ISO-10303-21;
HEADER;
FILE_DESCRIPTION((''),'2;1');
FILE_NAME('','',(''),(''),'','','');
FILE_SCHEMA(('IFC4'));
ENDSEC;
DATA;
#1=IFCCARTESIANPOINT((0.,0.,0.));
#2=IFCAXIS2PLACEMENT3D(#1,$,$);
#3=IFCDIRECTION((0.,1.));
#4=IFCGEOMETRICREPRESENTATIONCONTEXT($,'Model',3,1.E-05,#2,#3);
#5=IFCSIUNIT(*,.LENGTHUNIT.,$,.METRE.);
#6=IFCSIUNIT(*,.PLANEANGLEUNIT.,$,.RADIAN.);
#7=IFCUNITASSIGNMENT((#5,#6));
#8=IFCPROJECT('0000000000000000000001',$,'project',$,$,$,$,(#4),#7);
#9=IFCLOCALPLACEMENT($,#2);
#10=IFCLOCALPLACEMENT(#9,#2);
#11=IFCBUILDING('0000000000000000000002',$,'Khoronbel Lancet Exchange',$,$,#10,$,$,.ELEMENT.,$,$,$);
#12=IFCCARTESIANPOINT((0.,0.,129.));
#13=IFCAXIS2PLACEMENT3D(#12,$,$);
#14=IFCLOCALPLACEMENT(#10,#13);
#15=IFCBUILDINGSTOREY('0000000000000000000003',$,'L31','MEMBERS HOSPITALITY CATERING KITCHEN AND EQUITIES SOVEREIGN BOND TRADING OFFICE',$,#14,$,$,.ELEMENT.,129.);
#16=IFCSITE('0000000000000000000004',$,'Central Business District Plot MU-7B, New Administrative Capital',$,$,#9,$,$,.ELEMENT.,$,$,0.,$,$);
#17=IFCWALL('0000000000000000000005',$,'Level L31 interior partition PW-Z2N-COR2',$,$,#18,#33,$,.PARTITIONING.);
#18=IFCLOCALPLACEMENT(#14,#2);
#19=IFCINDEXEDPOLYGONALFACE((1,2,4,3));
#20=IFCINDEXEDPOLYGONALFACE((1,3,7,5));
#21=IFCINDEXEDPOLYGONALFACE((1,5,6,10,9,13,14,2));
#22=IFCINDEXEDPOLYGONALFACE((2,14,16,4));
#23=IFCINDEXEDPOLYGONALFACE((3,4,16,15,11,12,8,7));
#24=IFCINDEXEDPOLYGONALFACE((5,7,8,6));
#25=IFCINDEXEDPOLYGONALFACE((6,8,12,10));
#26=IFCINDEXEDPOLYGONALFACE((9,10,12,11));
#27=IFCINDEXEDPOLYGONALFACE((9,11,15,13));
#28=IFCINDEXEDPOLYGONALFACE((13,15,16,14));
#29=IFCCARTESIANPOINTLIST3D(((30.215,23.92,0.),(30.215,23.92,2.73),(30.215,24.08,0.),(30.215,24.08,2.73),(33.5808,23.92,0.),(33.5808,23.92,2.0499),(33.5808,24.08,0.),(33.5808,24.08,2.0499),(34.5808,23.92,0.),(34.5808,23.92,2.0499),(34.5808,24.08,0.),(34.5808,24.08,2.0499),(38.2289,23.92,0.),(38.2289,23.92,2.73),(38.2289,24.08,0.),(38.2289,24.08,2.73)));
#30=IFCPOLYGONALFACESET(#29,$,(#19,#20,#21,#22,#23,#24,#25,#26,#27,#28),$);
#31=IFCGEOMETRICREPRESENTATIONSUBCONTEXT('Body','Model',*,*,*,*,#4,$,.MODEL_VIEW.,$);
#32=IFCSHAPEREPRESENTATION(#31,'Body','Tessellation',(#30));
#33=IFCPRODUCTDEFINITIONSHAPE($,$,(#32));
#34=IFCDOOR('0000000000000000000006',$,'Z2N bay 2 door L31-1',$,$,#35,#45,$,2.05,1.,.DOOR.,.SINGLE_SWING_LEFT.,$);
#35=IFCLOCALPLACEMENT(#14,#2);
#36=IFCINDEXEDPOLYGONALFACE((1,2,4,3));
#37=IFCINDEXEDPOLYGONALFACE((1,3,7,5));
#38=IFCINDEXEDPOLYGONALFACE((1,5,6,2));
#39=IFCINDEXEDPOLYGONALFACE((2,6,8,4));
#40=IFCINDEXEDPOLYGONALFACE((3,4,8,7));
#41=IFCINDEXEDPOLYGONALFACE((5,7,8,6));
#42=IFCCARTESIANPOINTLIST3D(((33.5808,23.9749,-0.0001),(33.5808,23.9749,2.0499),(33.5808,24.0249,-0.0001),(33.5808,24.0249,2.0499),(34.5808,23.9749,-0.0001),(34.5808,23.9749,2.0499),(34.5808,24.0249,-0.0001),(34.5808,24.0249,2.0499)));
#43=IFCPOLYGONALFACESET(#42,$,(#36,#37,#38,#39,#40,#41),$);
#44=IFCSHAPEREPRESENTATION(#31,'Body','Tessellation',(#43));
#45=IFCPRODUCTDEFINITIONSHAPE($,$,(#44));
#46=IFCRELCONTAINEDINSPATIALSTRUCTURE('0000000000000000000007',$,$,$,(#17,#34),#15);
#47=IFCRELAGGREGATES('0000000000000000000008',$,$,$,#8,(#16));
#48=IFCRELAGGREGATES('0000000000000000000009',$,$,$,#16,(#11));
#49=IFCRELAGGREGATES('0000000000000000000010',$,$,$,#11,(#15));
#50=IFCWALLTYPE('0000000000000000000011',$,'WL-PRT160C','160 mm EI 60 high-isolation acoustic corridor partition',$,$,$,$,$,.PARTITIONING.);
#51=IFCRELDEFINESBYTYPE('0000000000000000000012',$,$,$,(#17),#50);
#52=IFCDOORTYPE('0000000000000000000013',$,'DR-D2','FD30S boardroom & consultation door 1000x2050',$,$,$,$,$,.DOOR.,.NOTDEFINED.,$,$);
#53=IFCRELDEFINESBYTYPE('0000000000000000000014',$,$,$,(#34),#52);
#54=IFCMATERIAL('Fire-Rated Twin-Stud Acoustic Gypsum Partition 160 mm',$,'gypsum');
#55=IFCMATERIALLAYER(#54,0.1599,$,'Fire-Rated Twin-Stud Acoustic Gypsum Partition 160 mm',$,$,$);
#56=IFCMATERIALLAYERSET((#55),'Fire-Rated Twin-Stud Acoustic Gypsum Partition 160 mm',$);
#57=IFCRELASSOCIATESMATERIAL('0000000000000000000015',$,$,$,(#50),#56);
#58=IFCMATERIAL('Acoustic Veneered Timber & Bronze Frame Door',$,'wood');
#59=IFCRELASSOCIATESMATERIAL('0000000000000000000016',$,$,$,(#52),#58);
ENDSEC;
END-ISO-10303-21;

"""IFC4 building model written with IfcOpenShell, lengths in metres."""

from ifc_helpers import new_model, si_unit, direction, frame, frame_2d, origin, place, context, subcontext, project, spatial, rectangle, extrude, material, layer, layer_set, type_object, element, fill, save


model = new_model("IFC4")

# Units and contexts
model_context = context("Model", 3, precision=1e-05, world=origin(), true_north=direction((0.0, 1.0)))
body_context = subcontext(model_context, "Body", "Model", "MODEL_VIEW")
ifc_project = project(units=[si_unit("LENGTHUNIT", "METRE"), si_unit("PLANEANGLEUNIT", "RADIAN")], contexts=[model_context])

# Site, building, storey
site_placement = place(None, origin())
site = spatial("IfcSite", under=ifc_project, at=site_placement, Name="Central Business District Plot MU-7B, New Administrative Capital", CompositionType="ELEMENT", RefElevation=0.0)
building_placement = place(site_placement, origin())
building = spatial("IfcBuilding", under=site, at=building_placement, Name="Khoronbel Lancet Exchange", CompositionType="ELEMENT")
storey_placement = place(building_placement, frame((0.0, 0.0, 129.0)))
storey = spatial("IfcBuildingStorey", under=building, at=storey_placement, Name="L31", Description="MEMBERS HOSPITALITY CATERING KITCHEN AND EQUITIES SOVEREIGN BOND TRADING OFFICE", CompositionType="ELEMENT", Elevation=129.0)

# Wall, opening, door
ifc_material_1 = material(Name="Fire-Rated Twin-Stud Acoustic Gypsum Partition 160 mm", Category="gypsum")
ifc_layer_1 = layer(ifc_material_1, 0.1599, Name="Fire-Rated Twin-Stud Acoustic Gypsum Partition 160 mm")
ifc_layer_set_1 = layer_set([ifc_layer_1], Name="Fire-Rated Twin-Stud Acoustic Gypsum Partition 160 mm")
wall_type_1 = type_object("IfcWallType", Name="WL-PRT160C", Description="160 mm EI 60 high-isolation acoustic corridor partition", PredefinedType="PARTITIONING", material=ifc_layer_set_1)
ifc_material_2 = material(Name="Acoustic Veneered Timber & Bronze Frame Door", Category="wood")
door_type_1 = type_object("IfcDoorType", Name="DR-D2", Description="FD30S boardroom & consultation door 1000x2050", OperationType="NOTDEFINED", PredefinedType="DOOR", material=ifc_material_2)
wall_1_placement = place(storey_placement, frame((30.2151, 24.0, 0.0), z_axis=(0.0, 0.0, 1.0), x_axis=(1.0, 0.0, 0.0)))
wall_1 = element("IfcWall", 1, at=wall_1_placement, inside=storey, type_object=wall_type_1, Name="Level L31 interior partition PW-Z2N-COR2", PredefinedType="PARTITIONING", context=body_context, shape_type="SweptSolid", body=[
    extrude(rectangle(XDim=8.0139, YDim=0.1599, at=frame_2d((4.0068, 0.0))), origin(), (0.0, 0.0, 1.0), 2.73),
])
opening_1_placement = place(wall_1_placement, frame((3.3657, 0.0, 0.0)))
opening_1 = element("IfcOpeningElement", 2, at=opening_1_placement, cuts=wall_1, PredefinedType="OPENING", context=body_context, shape_type="SweptSolid", body=[
    extrude(rectangle(XDim=1.0, YDim=2.05, at=frame_2d((0.5, 1.0249))), frame((0.0, 0.0898, 0.0), z_axis=(0.0, -1.0, 0.0), x_axis=(1.0, 0.0, 0.0)), (0.0, 0.0, 1.0), 0.1799),
])
door_1_placement = place(opening_1_placement, origin())
door_1 = element("IfcDoor", 3, at=door_1_placement, inside=storey, type_object=door_type_1, Name="Z2N bay 2 door L31-1", OperationType="SINGLE_SWING_LEFT", OverallHeight=2.05, OverallWidth=1.0, PredefinedType="DOOR", context=body_context, shape_type="SweptSolid", body=[
    extrude(rectangle(XDim=1.0, YDim=2.05, at=frame_2d((0.5, 1.0249))), frame((0.0, 0.0249, 0.0), z_axis=(0.0, -1.0, 0.0), x_axis=(1.0, 0.0, 0.0)), (0.0, 0.0, 1.0), 0.05),
])
fill(opening_1, door_1)

save(model, "model.ifc")
